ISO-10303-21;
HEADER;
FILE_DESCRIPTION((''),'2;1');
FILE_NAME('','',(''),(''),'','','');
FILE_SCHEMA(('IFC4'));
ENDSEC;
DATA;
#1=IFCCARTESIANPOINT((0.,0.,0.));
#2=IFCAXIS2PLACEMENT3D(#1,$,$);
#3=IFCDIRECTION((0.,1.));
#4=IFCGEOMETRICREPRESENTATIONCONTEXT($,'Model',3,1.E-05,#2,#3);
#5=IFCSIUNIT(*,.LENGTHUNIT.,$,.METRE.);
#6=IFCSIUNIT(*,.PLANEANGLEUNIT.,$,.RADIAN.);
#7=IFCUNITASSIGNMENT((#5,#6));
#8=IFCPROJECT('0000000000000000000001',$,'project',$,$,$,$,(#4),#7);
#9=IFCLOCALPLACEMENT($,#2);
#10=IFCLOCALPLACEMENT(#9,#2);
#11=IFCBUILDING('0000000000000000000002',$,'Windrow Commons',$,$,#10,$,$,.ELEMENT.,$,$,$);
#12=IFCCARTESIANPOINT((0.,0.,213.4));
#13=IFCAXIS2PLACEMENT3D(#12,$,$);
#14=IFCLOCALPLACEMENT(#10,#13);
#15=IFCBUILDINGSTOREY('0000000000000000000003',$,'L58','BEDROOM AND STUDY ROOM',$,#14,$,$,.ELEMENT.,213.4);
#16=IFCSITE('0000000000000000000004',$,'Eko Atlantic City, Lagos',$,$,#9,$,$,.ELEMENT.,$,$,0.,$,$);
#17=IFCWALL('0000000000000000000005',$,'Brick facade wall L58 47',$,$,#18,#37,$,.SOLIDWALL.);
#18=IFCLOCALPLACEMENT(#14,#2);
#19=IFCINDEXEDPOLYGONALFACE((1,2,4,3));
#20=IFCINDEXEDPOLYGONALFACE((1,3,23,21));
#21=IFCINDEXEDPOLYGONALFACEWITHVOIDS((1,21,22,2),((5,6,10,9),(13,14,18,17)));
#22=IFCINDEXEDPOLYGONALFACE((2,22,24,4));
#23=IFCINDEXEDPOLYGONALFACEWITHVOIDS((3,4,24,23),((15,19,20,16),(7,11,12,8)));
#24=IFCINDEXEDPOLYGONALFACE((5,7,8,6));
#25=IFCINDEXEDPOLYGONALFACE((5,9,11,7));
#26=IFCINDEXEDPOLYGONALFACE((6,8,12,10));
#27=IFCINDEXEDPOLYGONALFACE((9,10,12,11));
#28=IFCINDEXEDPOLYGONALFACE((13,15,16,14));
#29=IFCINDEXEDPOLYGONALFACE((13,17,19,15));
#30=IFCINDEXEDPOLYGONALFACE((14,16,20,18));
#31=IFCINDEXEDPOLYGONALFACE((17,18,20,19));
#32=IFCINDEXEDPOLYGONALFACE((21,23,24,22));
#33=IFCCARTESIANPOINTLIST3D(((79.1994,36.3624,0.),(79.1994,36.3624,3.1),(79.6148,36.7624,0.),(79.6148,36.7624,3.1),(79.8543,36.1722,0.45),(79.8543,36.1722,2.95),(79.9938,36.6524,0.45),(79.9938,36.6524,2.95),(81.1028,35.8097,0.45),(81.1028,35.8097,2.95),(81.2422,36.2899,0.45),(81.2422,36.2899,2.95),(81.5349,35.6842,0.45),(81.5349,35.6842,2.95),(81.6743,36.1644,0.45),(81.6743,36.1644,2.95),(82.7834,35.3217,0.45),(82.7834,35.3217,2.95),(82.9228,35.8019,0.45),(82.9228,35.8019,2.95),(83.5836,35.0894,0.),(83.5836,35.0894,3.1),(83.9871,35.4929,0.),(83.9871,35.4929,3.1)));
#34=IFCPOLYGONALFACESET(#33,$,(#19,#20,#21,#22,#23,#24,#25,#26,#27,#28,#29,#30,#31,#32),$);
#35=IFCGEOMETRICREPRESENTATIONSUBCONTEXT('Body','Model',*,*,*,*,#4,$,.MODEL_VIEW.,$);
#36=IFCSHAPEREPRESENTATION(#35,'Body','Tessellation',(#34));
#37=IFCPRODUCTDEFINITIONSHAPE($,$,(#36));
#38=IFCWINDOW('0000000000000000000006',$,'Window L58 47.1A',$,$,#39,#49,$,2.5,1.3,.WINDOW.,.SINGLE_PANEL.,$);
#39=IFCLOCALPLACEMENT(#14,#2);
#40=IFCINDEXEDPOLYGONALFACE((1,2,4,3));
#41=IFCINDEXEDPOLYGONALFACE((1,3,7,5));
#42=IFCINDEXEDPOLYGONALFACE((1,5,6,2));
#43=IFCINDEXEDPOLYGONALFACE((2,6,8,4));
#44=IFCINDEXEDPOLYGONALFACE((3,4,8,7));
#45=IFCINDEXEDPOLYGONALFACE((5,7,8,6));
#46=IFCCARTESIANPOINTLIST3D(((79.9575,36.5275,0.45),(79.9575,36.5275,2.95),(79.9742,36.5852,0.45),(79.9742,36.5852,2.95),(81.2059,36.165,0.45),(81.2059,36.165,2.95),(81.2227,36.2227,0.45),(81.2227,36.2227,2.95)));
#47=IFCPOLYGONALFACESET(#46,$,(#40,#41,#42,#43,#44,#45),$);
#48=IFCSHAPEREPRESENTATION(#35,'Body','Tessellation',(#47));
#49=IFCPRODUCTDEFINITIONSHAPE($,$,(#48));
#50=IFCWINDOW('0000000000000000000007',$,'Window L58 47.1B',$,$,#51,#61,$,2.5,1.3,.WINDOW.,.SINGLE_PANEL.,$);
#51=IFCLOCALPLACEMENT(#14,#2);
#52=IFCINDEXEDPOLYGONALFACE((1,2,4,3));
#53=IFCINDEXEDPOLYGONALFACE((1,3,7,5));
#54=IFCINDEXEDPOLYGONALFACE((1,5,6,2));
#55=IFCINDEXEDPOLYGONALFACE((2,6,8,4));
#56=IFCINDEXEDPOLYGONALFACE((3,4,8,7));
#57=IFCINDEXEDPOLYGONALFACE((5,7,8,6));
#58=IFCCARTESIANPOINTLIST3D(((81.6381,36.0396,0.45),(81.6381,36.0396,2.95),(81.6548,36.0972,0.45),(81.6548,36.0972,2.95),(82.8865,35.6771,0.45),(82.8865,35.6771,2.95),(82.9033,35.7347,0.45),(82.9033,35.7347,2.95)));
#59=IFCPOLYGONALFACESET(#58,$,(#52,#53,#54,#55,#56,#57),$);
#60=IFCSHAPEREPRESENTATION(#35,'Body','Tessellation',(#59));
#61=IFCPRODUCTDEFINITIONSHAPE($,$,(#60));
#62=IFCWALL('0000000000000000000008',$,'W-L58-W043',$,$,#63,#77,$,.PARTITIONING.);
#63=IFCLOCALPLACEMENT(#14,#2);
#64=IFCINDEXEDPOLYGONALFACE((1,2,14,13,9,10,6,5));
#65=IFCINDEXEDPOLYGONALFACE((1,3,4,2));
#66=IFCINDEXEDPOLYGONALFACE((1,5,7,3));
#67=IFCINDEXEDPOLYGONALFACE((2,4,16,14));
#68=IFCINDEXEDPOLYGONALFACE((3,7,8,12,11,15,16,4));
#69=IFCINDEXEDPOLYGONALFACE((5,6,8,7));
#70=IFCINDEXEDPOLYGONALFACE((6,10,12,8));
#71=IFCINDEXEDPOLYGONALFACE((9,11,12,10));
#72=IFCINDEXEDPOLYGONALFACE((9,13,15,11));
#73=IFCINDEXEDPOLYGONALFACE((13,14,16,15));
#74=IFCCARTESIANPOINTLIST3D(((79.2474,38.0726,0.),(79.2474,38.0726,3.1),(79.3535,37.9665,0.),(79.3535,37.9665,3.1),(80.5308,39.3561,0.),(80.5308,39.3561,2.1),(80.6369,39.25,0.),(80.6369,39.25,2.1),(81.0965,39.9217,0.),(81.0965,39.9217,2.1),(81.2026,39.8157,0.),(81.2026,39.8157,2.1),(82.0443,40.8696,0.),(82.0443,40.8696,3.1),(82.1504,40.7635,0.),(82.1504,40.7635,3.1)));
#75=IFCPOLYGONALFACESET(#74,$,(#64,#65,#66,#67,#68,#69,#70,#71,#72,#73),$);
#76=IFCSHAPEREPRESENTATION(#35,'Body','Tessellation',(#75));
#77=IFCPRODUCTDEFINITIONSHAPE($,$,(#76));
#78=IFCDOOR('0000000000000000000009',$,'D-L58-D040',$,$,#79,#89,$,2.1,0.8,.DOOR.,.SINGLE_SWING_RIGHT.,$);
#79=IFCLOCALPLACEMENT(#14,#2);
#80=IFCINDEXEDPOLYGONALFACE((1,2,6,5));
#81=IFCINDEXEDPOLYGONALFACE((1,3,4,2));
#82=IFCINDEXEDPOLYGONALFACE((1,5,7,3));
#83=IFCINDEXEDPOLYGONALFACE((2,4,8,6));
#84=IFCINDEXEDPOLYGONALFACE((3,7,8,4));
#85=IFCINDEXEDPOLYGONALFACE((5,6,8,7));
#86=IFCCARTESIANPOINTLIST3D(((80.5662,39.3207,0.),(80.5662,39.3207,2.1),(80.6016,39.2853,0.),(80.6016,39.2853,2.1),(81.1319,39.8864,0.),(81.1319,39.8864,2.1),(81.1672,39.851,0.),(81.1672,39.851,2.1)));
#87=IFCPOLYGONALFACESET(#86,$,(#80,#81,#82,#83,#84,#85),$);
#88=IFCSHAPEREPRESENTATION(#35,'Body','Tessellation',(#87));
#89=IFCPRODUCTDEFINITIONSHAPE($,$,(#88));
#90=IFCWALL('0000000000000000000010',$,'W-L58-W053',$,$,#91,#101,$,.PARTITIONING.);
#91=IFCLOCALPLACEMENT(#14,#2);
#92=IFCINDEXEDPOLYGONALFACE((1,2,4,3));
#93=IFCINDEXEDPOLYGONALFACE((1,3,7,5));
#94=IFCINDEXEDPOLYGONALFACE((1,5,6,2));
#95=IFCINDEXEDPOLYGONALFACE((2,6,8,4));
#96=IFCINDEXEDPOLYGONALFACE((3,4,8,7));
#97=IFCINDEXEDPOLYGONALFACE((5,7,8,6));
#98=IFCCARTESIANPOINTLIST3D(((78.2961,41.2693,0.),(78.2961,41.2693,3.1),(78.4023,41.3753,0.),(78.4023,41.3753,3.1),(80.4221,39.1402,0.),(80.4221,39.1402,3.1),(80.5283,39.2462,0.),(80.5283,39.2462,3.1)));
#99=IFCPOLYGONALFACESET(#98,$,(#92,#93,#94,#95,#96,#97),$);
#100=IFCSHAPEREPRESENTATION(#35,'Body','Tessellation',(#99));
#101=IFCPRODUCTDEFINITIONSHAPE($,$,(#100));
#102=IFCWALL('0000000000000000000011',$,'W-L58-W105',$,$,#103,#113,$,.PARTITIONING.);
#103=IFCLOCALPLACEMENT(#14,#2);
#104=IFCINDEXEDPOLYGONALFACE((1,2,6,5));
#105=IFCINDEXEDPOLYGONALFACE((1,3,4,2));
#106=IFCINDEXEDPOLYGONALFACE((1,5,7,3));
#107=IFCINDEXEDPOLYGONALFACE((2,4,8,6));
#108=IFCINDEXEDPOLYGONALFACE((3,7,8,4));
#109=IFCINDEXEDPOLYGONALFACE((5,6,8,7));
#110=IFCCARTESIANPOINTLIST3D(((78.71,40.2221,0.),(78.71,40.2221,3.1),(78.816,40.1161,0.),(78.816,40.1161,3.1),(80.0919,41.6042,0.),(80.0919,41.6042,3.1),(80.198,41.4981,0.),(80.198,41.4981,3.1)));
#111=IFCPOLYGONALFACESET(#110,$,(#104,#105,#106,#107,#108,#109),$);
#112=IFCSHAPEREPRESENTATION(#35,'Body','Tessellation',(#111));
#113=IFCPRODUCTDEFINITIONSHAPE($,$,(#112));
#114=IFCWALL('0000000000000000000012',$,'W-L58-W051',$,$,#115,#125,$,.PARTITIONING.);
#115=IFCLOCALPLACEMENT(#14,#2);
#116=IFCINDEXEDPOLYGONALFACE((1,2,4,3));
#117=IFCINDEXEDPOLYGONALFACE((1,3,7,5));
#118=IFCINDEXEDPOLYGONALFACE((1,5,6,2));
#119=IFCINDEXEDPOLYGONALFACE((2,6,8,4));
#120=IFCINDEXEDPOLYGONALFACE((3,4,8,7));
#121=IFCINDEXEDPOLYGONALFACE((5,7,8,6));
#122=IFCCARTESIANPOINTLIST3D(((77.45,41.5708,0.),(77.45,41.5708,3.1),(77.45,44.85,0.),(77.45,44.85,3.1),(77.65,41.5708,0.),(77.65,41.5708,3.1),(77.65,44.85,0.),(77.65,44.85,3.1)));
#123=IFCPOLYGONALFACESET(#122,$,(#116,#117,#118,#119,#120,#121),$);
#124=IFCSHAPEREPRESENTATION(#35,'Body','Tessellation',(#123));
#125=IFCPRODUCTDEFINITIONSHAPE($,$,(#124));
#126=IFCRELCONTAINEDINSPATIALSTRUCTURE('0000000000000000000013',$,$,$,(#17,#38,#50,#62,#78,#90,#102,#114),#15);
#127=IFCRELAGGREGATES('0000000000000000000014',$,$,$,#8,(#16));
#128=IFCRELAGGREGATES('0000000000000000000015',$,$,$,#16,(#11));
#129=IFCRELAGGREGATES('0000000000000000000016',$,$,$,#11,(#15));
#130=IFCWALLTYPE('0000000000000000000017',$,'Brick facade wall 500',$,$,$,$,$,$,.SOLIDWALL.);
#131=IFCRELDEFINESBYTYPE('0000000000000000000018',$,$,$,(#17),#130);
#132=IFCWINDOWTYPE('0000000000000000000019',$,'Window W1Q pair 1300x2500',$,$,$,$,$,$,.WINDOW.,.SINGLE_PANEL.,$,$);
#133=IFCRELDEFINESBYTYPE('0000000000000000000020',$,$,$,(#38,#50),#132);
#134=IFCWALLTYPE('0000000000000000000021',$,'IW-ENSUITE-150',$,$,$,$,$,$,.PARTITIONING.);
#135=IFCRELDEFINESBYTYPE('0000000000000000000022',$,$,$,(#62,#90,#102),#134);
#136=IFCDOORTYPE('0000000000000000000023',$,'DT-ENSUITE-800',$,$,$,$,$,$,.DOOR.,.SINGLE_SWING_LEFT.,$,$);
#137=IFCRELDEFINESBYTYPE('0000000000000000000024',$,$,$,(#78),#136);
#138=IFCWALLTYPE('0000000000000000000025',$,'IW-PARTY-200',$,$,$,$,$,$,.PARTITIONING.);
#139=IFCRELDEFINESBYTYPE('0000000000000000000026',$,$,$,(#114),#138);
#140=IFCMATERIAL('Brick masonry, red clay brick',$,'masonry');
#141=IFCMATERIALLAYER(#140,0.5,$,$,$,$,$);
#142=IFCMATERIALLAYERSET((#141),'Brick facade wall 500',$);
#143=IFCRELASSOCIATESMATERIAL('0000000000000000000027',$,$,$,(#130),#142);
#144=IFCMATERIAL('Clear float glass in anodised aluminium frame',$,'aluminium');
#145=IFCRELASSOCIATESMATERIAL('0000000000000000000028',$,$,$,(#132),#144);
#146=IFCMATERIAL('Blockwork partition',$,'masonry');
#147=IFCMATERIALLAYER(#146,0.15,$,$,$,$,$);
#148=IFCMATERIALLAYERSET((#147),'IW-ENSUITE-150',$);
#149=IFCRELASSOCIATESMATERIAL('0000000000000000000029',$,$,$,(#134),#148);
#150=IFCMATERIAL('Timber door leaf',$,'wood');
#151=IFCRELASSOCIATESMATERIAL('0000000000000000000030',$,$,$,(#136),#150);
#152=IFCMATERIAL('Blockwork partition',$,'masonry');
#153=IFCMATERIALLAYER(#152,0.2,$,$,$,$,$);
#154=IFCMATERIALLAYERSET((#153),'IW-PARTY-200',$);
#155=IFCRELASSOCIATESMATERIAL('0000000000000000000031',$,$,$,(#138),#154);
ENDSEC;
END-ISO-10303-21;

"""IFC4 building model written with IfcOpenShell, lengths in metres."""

from ifc_helpers import new_model, si_unit, direction, frame, frame_2d, origin, place, context, subcontext, project, spatial, polyline, rectangle, outline, extrude, material, layer, layer_set, type_object, element, fill, save


model = new_model("IFC4")

# Units and contexts
model_context = context("Model", 3, precision=1e-05, world=origin(), true_north=direction((0.0, 1.0)))
body_context = subcontext(model_context, "Body", "Model", "MODEL_VIEW")
ifc_project = project(units=[si_unit("LENGTHUNIT", "METRE"), si_unit("PLANEANGLEUNIT", "RADIAN")], contexts=[model_context])

# Site, building, storey
site_placement = place(None, origin())
site = spatial("IfcSite", under=ifc_project, at=site_placement, Name="Eko Atlantic City, Lagos", CompositionType="ELEMENT", RefElevation=0.0)
building_placement = place(site_placement, origin())
building = spatial("IfcBuilding", under=site, at=building_placement, Name="Windrow Commons", CompositionType="ELEMENT")
storey_placement = place(building_placement, frame((0.0, 0.0, 213.4)))
storey = spatial("IfcBuildingStorey", under=building, at=storey_placement, Name="L58", Description="BEDROOM AND STUDY ROOM", CompositionType="ELEMENT", Elevation=213.4)

# Shared definitions
ifc_material_1 = material(Name="Brick masonry, red clay brick", Category="masonry")
ifc_layer_1 = layer(ifc_material_1, 0.5)
ifc_layer_set_1 = layer_set([ifc_layer_1], Name="Brick facade wall 500")
wall_type_1 = type_object("IfcWallType", Name="Brick facade wall 500", PredefinedType="SOLIDWALL", material=ifc_layer_set_1)

# Wall, openings, windows
wall_1_placement = place(storey_placement, frame((79.4071, 36.5624, 0.0), z_axis=(0.0, 0.0, 1.0), x_axis=(0.960336, -0.278847, 0.0)))
wall_1 = element("IfcWall", 1, at=wall_1_placement, inside=storey, type_object=wall_type_1, Name="Brick facade wall L58 47", PredefinedType="SOLIDWALL", context=body_context, shape_type="SweptSolid", body=[
    extrude(outline(polyline([(-0.1437, -0.25), (4.4216, -0.25), (4.6966, 0.25), (0.1437, 0.25), (-0.1437, -0.25)])), origin(), (0.0, 0.0, 1.0), 3.1),
])
opening_1_placement = place(wall_1_placement, frame((0.5383, 0.0, 0.45)))
opening_1 = element("IfcOpeningElement", 2, at=opening_1_placement, cuts=wall_1, PredefinedType="OPENING", context=body_context, shape_type="SweptSolid", body=[
    extrude(rectangle(XDim=1.3, YDim=2.5, at=frame_2d((0.65, 1.25))), frame((0.0, 0.26, 0.0), z_axis=(0.0, -1.0, 0.0), x_axis=(1.0, 0.0, 0.0)), (0.0, 0.0, 1.0), 0.52),
])
opening_2_placement = place(wall_1_placement, frame((2.2883, 0.0, 0.45)))
opening_2 = element("IfcOpeningElement", 3, at=opening_2_placement, cuts=wall_1, PredefinedType="OPENING", context=body_context, shape_type="SweptSolid", body=[
    extrude(rectangle(XDim=1.3, YDim=2.5, at=frame_2d((0.65, 1.25))), frame((0.0, 0.26, 0.0), z_axis=(0.0, -1.0, 0.0), x_axis=(1.0, 0.0, 0.0)), (0.0, 0.0, 1.0), 0.52),
])
ifc_material_2 = material(Name="Clear float glass in anodised aluminium frame", Category="aluminium")
window_type_1 = type_object("IfcWindowType", Name="Window W1Q pair 1300x2500", PartitioningType="SINGLE_PANEL", PredefinedType="WINDOW", material=ifc_material_2)
window_1_placement = place(opening_1_placement, origin())
window_1 = element("IfcWindow", 4, at=window_1_placement, inside=storey, type_object=window_type_1, Name="Window L58 47.1A", OverallHeight=2.5, OverallWidth=1.3, PartitioningType="SINGLE_PANEL", PredefinedType="WINDOW", context=body_context, shape_type="SweptSolid", body=[
    extrude(rectangle(XDim=1.3, YDim=2.5, at=frame_2d((0.65, 1.25))), frame((0.0, 0.18, 0.0), z_axis=(0.0, -1.0, 0.0), x_axis=(1.0, 0.0, 0.0)), (0.0, 0.0, 1.0), 0.06),
])
fill(opening_1, window_1)
window_2_placement = place(opening_2_placement, origin())
window_2 = element("IfcWindow", 5, at=window_2_placement, inside=storey, type_object=window_type_1, Name="Window L58 47.1B", OverallHeight=2.5, OverallWidth=1.3, PartitioningType="SINGLE_PANEL", PredefinedType="WINDOW", context=body_context, shape_type="SweptSolid", body=[
    extrude(rectangle(XDim=1.3, YDim=2.5, at=frame_2d((0.65, 1.25))), frame((0.0, 0.18, 0.0), z_axis=(0.0, -1.0, 0.0), x_axis=(1.0, 0.0, 0.0)), (0.0, 0.0, 1.0), 0.06),
])
fill(opening_2, window_2)

# Wall, opening, door
ifc_material_3 = material(Name="Blockwork partition", Category="masonry")
ifc_layer_2 = layer(ifc_material_3, 0.15)
ifc_layer_set_2 = layer_set([ifc_layer_2], Name="IW-ENSUITE-150")
wall_type_2 = type_object("IfcWallType", Name="IW-ENSUITE-150", PredefinedType="PARTITIONING", material=ifc_layer_set_2)
wall_2_placement = place(storey_placement, frame((79.3005, 38.0196, 0.0), z_axis=(0.0, 0.0, 1.0), x_axis=(0.707094, 0.707119, 0.0)))
wall_2 = element("IfcWall", 6, at=wall_2_placement, inside=storey, type_object=wall_type_2, Name="W-L58-W043", PredefinedType="PARTITIONING", context=body_context, shape_type="SweptSolid", body=[
    extrude(rectangle(XDim=3.9555, YDim=0.15, at=frame_2d((1.9777, 0.0))), origin(), (0.0, 0.0, 1.0), 3.1),
])
opening_3_placement = place(wall_2_placement, frame((1.815, 0.0, 0.0)))
opening_3 = element("IfcOpeningElement", 7, at=opening_3_placement, cuts=wall_2, PredefinedType="OPENING", context=body_context, shape_type="SweptSolid", body=[
    extrude(rectangle(XDim=0.8, YDim=2.1, at=frame_2d((0.4, 1.05))), frame((0.0, 0.085, 0.0), z_axis=(0.0, -1.0, 0.0), x_axis=(1.0, 0.0, 0.0)), (0.0, 0.0, 1.0), 0.17),
])
ifc_material_4 = material(Name="Timber door leaf", Category="wood")
door_type = type_object("IfcDoorType", Name="DT-ENSUITE-800", OperationType="SINGLE_SWING_LEFT", PredefinedType="DOOR", material=ifc_material_4)
door_placement = place(opening_3_placement, origin())
door = element("IfcDoor", 8, at=door_placement, inside=storey, type_object=door_type, Name="D-L58-D040", OperationType="SINGLE_SWING_RIGHT", OverallHeight=2.1, OverallWidth=0.8, PredefinedType="DOOR", context=body_context, shape_type="SweptSolid", body=[
    extrude(rectangle(XDim=0.8, YDim=2.1, at=frame_2d((0.4, 1.05))), frame((0.0, 0.025, 0.0), z_axis=(0.0, -1.0, 0.0), x_axis=(1.0, 0.0, 0.0)), (0.0, 0.0, 1.0), 0.05),
])
fill(opening_3, door)

# Walls
wall_3_placement = place(storey_placement, frame((78.3492, 41.3223, 0.0), z_axis=(0.0, 0.0, 1.0), x_axis=(0.706591, -0.707622, 0.0)))
element("IfcWall", 9, at=wall_3_placement, inside=storey, type_object=wall_type_2, Name="W-L58-W053", PredefinedType="PARTITIONING", context=body_context, shape_type="SweptSolid", body=[
    extrude(rectangle(XDim=3.0088, YDim=0.15, at=frame_2d((1.5044, 0.0))), origin(), (0.0, 0.0, 1.0), 3.1),
])
wall_4_placement = place(storey_placement, frame((78.763, 40.1691, 0.0), z_axis=(0.0, 0.0, 1.0), x_axis=(0.707081, 0.707132, 0.0)))
element("IfcWall", 10, at=wall_4_placement, inside=storey, type_object=wall_type_2, Name="W-L58-W105", PredefinedType="PARTITIONING", context=body_context, shape_type="SweptSolid", body=[
    extrude(rectangle(XDim=1.9544, YDim=0.15, at=frame_2d((0.9772, 0.0))), origin(), (0.0, 0.0, 1.0), 3.1),
])
ifc_material_5 = material(Name="Blockwork partition", Category="masonry")
ifc_layer_3 = layer(ifc_material_5, 0.2)
ifc_layer_set_3 = layer_set([ifc_layer_3], Name="IW-PARTY-200")
wall_type_3 = type_object("IfcWallType", Name="IW-PARTY-200", PredefinedType="PARTITIONING", material=ifc_layer_set_3)
wall_5_placement = place(storey_placement, frame((77.55, 41.5708, 0.0), z_axis=(0.0, 0.0, 1.0), x_axis=(0.0, 1.0, 0.0)))
element("IfcWall", 11, at=wall_5_placement, inside=storey, type_object=wall_type_3, Name="W-L58-W051", PredefinedType="PARTITIONING", context=body_context, shape_type="SweptSolid", body=[
    extrude(rectangle(XDim=3.2792, YDim=0.2, at=frame_2d((1.6396, 0.0))), origin(), (0.0, 0.0, 1.0), 3.1),
])

save(model, "model.ifc")
